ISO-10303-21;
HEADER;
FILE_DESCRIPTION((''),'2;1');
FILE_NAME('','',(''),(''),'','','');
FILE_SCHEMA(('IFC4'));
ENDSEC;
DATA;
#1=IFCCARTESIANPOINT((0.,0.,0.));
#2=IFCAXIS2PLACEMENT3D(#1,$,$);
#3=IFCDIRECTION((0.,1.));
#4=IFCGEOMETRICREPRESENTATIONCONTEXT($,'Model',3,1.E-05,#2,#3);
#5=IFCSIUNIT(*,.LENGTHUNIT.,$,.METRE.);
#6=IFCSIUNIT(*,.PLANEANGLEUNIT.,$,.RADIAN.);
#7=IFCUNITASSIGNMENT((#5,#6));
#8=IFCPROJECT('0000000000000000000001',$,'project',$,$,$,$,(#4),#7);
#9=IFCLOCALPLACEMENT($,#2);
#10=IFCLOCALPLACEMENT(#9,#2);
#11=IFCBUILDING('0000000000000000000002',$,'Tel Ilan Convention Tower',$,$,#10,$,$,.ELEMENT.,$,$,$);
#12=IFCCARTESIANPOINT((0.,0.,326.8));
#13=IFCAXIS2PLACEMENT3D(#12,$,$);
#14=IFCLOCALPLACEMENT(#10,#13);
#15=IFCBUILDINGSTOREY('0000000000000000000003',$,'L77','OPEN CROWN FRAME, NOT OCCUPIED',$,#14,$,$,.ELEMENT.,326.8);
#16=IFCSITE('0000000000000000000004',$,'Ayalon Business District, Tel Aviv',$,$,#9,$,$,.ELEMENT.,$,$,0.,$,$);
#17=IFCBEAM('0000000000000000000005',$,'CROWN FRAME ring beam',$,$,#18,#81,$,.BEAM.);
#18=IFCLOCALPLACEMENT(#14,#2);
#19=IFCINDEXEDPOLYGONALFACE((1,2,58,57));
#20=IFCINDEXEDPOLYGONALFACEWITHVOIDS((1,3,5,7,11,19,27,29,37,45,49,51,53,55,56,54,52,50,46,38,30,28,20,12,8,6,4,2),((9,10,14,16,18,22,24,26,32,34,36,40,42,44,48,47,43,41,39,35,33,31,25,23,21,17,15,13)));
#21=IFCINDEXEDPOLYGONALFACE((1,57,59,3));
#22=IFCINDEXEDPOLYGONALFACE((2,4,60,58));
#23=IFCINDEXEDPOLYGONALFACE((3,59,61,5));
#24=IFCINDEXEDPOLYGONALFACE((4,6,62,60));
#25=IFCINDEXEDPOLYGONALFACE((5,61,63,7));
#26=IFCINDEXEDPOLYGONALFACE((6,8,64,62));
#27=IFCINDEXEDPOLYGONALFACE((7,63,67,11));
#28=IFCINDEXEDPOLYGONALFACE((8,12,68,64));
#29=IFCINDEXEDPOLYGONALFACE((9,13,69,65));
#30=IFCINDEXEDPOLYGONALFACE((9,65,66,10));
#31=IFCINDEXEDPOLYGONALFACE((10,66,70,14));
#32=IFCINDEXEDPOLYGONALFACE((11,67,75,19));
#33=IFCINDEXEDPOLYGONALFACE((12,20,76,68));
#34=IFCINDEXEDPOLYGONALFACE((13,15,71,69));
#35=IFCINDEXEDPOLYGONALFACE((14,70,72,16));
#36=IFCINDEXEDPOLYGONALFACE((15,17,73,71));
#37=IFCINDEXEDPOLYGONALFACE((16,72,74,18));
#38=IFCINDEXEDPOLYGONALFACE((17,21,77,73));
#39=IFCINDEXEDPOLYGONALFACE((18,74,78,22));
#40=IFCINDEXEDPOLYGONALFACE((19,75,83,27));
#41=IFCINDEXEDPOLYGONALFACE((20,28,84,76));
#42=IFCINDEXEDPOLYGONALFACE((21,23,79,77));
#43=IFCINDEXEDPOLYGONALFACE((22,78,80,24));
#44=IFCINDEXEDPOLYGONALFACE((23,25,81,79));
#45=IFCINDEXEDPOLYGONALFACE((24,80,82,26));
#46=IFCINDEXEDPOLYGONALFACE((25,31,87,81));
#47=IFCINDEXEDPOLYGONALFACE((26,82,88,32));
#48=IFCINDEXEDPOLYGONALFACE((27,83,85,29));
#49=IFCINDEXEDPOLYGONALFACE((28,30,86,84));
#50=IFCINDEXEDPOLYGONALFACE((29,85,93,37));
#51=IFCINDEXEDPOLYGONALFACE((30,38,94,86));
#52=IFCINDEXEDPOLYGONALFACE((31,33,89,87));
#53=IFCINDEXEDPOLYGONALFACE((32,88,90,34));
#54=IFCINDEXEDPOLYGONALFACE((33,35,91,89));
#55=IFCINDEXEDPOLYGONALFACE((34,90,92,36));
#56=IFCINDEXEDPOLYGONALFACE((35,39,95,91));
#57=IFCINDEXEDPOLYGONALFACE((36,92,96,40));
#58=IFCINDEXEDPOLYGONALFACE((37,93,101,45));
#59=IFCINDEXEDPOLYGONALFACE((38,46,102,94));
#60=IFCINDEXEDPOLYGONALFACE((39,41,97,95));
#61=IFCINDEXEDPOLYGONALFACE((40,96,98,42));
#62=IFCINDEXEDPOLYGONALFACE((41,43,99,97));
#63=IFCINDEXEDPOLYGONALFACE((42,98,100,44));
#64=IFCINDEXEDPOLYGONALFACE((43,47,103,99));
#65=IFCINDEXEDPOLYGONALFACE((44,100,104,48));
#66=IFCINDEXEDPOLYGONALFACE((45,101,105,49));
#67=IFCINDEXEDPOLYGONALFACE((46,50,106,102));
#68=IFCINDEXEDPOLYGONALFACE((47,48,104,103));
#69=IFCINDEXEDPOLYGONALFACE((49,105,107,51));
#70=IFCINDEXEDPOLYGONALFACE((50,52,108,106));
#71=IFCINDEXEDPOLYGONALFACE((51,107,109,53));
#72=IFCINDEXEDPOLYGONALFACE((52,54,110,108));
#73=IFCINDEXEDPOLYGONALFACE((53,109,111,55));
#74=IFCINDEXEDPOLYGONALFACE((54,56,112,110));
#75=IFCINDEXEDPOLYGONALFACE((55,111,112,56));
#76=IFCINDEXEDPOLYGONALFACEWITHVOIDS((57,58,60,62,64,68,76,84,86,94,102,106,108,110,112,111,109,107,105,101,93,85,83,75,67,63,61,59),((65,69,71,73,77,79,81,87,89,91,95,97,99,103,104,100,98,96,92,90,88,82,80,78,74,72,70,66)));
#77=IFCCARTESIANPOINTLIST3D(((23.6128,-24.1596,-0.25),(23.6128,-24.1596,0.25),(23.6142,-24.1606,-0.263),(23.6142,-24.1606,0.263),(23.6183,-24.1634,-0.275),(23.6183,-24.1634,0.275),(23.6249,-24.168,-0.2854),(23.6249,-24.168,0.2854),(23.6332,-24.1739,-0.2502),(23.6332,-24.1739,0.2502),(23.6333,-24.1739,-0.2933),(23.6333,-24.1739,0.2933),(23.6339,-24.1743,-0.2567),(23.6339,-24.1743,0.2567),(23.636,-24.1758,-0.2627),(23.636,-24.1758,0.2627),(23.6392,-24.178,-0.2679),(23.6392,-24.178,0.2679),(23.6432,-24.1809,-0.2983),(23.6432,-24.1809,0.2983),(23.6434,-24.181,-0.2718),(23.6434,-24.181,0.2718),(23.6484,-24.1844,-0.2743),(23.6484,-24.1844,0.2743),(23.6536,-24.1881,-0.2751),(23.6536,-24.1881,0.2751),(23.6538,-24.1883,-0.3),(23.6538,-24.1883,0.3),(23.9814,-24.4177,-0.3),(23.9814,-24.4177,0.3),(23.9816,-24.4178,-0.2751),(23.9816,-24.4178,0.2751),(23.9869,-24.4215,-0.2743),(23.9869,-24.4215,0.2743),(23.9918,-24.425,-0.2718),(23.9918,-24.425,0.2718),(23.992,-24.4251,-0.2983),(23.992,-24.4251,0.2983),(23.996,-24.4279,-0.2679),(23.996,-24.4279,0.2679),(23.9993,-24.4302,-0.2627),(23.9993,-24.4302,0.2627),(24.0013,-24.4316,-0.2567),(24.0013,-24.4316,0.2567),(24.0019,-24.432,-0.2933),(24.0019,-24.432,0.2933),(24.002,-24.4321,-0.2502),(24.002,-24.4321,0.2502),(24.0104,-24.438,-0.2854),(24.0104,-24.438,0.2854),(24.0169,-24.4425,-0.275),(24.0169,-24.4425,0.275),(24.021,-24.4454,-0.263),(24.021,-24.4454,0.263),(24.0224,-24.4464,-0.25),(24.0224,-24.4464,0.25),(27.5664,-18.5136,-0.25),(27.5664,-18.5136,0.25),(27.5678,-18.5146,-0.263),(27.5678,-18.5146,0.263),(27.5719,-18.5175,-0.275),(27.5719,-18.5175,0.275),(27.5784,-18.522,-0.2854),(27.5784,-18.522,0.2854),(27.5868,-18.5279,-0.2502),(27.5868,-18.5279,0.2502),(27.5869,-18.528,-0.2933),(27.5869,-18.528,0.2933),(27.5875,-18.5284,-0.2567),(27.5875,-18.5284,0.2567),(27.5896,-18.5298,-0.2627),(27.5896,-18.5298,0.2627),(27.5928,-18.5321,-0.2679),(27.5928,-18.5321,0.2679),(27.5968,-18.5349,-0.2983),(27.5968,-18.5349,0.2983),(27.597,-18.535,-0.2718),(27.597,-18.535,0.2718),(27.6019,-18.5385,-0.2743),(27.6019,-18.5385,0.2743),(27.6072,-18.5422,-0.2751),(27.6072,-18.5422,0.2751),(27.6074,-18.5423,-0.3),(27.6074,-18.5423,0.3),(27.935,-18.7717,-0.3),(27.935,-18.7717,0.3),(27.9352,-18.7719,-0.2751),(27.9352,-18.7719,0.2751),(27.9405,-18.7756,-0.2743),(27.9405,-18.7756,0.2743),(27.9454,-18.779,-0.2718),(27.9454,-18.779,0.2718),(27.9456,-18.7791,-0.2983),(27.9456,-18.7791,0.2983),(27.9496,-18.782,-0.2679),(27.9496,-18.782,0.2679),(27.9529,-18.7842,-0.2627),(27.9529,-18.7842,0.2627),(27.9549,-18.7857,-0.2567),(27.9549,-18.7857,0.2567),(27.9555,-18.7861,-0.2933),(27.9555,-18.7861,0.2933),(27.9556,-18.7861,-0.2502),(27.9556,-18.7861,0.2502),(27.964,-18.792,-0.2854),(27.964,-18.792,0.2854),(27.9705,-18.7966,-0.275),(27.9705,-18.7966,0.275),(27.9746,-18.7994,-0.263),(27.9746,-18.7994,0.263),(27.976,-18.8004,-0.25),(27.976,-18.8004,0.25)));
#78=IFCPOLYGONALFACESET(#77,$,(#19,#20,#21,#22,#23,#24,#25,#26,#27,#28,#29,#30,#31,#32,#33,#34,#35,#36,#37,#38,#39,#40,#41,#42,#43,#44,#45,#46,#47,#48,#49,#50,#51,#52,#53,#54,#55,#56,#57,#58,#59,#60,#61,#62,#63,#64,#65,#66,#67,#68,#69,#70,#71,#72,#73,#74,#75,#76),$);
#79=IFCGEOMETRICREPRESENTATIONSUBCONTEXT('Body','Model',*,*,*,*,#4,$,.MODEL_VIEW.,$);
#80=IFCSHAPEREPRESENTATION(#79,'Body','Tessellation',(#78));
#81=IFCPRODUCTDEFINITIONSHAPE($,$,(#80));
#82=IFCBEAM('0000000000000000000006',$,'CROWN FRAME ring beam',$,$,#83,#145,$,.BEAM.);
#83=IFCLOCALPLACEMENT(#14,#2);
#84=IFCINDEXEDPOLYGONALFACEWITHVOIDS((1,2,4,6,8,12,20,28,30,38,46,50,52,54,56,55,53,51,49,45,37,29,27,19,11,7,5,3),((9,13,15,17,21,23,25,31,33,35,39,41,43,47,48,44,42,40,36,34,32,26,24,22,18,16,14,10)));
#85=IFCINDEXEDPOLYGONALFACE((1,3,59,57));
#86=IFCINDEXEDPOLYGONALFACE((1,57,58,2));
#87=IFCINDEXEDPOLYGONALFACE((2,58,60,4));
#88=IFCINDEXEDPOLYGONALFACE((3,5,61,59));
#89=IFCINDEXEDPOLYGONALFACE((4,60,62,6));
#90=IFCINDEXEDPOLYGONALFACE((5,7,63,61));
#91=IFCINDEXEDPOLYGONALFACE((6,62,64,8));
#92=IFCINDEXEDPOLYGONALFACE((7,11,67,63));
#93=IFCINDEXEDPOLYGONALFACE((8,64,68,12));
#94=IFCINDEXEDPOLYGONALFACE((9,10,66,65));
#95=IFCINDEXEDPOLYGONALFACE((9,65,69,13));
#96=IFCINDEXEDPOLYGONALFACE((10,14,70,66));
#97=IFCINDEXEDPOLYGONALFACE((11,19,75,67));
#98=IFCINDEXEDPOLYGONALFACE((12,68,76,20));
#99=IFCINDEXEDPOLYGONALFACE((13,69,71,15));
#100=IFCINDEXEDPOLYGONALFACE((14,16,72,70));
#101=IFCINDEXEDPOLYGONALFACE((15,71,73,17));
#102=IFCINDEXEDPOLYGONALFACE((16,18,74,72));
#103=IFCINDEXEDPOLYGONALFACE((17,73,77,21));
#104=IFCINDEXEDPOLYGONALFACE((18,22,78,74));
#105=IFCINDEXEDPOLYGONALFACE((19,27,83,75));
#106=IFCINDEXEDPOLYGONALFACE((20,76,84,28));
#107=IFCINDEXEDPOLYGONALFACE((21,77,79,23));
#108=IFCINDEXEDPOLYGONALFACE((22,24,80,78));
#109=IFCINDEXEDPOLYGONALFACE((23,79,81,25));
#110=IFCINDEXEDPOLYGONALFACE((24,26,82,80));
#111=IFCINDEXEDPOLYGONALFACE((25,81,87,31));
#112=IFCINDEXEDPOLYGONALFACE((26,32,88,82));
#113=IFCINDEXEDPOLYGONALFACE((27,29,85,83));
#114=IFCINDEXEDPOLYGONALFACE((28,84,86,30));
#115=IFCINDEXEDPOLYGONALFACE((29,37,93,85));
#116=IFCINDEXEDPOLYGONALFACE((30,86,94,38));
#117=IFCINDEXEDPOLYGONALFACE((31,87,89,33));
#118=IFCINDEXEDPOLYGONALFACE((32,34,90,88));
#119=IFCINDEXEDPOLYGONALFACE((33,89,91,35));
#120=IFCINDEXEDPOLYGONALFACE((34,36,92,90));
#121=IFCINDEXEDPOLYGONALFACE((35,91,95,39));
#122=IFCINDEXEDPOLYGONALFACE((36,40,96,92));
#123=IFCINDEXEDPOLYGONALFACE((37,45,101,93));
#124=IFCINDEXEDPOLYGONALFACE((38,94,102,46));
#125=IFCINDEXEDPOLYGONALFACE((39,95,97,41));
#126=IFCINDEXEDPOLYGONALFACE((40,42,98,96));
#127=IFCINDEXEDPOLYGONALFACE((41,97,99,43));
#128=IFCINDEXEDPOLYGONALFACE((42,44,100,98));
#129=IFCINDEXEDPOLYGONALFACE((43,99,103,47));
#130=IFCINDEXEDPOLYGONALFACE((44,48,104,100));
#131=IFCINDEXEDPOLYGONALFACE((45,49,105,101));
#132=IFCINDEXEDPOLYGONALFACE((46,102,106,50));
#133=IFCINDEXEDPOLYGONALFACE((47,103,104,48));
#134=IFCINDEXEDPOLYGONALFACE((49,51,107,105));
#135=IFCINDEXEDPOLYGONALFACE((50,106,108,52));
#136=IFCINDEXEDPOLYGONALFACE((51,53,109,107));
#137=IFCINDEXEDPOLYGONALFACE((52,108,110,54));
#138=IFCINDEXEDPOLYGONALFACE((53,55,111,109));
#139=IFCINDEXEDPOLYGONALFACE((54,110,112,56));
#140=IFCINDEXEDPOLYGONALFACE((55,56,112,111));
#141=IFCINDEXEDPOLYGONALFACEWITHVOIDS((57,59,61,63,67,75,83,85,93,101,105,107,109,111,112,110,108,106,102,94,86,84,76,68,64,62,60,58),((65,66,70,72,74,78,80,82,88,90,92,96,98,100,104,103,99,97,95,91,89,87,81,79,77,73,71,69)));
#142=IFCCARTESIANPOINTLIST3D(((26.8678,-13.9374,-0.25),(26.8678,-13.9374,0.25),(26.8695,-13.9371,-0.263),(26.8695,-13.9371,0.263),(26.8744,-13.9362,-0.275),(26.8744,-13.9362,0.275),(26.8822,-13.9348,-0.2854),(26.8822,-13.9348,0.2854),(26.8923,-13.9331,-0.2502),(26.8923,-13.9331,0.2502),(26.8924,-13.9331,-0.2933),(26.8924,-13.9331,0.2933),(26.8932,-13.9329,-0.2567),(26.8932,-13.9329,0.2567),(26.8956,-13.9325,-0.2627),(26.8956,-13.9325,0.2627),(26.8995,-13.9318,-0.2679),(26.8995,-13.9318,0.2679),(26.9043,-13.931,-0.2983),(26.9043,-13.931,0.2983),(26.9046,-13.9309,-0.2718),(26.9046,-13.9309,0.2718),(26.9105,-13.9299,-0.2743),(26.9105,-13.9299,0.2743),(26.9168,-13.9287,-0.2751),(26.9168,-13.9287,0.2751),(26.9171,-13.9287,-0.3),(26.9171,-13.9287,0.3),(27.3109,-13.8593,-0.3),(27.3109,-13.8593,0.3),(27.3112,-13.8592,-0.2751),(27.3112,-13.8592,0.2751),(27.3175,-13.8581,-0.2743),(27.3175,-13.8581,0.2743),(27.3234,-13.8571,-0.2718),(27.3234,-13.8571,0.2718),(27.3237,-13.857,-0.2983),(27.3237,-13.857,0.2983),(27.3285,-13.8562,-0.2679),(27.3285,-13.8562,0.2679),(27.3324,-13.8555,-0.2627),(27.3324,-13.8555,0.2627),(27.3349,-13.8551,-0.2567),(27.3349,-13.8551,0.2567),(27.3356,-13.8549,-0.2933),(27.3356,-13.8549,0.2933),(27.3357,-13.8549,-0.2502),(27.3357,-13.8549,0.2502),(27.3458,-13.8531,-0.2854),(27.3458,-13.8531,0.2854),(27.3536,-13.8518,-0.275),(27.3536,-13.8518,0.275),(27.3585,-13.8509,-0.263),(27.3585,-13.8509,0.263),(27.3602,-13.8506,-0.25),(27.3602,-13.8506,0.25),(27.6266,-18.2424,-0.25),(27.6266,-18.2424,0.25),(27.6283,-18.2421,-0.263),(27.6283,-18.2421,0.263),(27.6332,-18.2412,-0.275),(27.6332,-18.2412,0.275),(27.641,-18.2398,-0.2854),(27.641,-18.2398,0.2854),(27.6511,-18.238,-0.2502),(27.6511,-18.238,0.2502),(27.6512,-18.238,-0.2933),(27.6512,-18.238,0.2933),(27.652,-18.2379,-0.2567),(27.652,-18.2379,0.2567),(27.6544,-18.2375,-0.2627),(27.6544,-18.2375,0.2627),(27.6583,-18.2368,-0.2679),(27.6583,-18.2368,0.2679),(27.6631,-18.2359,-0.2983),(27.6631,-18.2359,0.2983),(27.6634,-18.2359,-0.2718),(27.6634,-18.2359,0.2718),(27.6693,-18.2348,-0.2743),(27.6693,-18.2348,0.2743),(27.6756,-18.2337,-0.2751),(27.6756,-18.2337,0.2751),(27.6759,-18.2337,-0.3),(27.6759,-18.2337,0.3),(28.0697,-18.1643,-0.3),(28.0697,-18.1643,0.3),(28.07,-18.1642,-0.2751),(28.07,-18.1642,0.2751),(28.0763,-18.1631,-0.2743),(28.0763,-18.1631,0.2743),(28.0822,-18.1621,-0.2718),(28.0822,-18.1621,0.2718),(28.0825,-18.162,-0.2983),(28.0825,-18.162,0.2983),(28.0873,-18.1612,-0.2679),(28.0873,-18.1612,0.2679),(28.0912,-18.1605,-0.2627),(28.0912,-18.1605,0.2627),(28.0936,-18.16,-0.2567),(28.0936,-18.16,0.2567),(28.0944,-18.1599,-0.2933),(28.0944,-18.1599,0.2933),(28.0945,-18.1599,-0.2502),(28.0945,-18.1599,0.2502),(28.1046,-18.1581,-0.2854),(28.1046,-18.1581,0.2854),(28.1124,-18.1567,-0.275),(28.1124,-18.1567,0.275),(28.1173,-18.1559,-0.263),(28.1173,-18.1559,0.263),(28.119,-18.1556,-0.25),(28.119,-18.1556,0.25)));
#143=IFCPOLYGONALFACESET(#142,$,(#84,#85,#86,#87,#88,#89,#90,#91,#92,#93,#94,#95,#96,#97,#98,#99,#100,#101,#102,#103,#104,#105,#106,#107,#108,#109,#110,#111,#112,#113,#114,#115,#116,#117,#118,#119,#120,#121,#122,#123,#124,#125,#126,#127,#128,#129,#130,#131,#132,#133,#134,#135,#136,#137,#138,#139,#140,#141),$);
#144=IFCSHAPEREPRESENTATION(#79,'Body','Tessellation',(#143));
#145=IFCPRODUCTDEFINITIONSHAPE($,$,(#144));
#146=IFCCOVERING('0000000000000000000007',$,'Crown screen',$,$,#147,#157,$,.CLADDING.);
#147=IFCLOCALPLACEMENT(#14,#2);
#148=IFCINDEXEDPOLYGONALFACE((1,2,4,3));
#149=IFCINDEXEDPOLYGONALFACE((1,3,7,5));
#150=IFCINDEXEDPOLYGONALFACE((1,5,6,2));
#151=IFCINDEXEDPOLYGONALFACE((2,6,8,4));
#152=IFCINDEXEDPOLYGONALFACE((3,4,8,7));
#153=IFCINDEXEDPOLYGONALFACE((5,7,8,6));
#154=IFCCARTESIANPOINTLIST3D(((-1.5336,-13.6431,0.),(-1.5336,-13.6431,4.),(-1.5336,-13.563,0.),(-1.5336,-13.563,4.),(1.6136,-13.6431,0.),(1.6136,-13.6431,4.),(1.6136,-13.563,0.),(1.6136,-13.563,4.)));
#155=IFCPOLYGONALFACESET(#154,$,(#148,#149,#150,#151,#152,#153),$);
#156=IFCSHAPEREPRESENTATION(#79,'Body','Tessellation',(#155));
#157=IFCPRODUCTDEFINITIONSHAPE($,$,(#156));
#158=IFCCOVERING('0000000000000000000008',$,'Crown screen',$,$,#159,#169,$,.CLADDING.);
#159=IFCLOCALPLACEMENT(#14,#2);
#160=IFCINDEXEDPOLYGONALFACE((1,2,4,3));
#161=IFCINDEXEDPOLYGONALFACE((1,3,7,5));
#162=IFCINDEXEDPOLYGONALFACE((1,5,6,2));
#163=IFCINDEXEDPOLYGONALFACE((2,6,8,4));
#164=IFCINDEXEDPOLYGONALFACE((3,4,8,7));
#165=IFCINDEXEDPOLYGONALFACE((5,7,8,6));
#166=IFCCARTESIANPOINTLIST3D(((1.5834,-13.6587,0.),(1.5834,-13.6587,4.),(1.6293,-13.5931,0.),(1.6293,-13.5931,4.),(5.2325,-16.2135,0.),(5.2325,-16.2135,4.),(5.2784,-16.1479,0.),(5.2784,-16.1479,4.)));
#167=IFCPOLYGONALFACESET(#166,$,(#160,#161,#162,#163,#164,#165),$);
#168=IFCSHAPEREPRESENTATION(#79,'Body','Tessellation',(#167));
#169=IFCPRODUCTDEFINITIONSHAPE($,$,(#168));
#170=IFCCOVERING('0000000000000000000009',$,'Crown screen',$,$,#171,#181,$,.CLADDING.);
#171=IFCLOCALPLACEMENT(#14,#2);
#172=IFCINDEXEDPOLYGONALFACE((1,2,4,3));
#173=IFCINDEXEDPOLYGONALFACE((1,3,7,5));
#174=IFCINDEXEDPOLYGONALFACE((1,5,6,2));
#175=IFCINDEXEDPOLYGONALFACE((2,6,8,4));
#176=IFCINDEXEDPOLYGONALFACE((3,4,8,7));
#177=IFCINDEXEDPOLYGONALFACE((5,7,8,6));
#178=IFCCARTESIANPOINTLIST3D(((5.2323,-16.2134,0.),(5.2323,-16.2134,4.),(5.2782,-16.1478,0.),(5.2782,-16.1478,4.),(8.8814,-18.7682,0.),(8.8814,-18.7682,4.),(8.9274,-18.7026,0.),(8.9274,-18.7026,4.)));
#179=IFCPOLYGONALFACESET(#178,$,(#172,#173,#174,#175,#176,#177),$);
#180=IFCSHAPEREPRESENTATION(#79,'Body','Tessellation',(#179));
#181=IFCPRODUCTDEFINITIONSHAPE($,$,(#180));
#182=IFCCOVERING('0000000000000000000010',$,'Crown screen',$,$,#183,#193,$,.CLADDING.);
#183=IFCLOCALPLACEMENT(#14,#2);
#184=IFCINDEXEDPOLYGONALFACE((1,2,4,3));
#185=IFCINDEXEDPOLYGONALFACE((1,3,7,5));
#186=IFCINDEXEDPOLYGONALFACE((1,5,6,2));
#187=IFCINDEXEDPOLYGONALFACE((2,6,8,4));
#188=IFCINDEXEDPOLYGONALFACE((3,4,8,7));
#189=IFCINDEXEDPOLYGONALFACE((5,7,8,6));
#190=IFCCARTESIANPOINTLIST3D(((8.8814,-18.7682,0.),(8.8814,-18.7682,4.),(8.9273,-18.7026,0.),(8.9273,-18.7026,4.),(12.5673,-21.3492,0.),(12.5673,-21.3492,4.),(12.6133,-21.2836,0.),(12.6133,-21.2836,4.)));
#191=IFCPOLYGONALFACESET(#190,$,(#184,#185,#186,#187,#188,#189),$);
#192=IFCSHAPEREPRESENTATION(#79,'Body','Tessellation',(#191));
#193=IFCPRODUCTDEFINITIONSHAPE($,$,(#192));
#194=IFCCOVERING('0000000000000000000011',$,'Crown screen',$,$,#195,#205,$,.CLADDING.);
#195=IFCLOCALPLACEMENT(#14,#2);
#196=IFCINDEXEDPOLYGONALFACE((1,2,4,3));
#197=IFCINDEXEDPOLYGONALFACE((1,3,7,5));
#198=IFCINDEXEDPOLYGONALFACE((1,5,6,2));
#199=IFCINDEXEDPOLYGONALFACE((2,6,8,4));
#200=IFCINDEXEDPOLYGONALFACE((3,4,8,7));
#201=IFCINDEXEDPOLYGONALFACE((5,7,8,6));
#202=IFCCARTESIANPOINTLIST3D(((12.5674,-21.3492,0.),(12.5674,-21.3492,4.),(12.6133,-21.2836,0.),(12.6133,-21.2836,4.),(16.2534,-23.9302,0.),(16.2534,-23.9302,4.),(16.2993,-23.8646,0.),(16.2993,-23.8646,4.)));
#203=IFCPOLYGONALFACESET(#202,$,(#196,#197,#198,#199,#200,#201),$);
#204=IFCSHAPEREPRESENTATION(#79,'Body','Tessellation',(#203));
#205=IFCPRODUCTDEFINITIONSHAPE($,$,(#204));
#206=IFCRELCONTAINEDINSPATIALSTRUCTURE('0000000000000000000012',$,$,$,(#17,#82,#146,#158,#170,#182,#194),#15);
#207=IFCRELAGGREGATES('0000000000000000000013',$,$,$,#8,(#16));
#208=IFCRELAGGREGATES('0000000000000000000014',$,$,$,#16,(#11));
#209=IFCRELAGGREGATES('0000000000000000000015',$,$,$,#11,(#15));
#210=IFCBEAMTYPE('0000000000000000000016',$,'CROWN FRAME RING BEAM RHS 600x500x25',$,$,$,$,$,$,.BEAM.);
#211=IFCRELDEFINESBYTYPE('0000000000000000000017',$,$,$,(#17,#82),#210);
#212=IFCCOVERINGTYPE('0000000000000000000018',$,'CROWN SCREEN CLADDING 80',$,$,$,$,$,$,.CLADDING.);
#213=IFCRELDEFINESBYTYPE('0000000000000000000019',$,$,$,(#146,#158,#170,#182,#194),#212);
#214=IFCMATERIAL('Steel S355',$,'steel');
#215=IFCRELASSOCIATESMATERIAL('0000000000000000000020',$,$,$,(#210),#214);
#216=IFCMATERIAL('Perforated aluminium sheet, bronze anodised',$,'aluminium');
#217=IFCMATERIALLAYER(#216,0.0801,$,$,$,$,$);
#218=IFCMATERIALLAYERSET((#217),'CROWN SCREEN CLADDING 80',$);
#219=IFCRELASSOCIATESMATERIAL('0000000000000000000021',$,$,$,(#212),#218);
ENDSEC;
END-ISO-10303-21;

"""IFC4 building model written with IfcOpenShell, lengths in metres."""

from ifc_helpers import new_model, si_unit, direction, frame, origin, origin_2d, place, context, subcontext, project, spatial, rectangle, hollow_rectangle, extrude, material, layer, layer_set, material_profile, profile_set, type_object, element, save


model = new_model("IFC4")

# Units and contexts
model_context = context("Model", 3, precision=1e-05, world=origin(), true_north=direction((0.0, 1.0)))
body_context = subcontext(model_context, "Body", "Model", "MODEL_VIEW")
ifc_project = project(units=[si_unit("LENGTHUNIT", "METRE"), si_unit("PLANEANGLEUNIT", "RADIAN")], contexts=[model_context])

# Site, building, storey
site_placement = place(None, origin())
site = spatial("IfcSite", under=ifc_project, at=site_placement, Name="Ayalon Business District, Tel Aviv", CompositionType="ELEMENT", RefElevation=0.0)
building_placement = place(site_placement, origin())
building = spatial("IfcBuilding", under=site, at=building_placement, Name="Tel Ilan Convention Tower", CompositionType="ELEMENT")
storey_placement = place(building_placement, frame((0.0, 0.0, 326.8)))
storey = spatial("IfcBuildingStorey", under=building, at=storey_placement, Name="L77", Description="OPEN CROWN FRAME, NOT OCCUPIED", CompositionType="ELEMENT", Elevation=326.8)

# Beams
ifc_material_1 = material(Name="Steel S355", Category="steel")
ifc_material_profile_1 = material_profile(ifc_material_1, hollow_rectangle(XDim=0.5, YDim=0.6001, WallThickness=0.0249, InnerFilletRadius=0.0249, OuterFilletRadius=0.05, at=origin_2d()), Name="RHS 600x500x25")
ifc_profile_set_1 = profile_set([ifc_material_profile_1], Name="Steel S355")
beam_type = type_object("IfcBeamType", Name="CROWN FRAME RING BEAM RHS 600x500x25", PredefinedType="BEAM", material=ifc_profile_set_1)
beam_1_placement = place(storey_placement, frame((23.8176, -24.303, 0.0), z_axis=(0.5736, 0.819135, 0.0), x_axis=(-0.819135, 0.5736, 0.0)))
element("IfcBeam", 1, at=beam_1_placement, inside=storey, type_object=beam_type, Name="CROWN FRAME ring beam", PredefinedType="BEAM", context=body_context, shape_type="SweptSolid", body=[
    extrude(hollow_rectangle(XDim=0.5, YDim=0.6001, WallThickness=0.0249, InnerFilletRadius=0.0249, OuterFilletRadius=0.05, at=origin_2d()), origin(), (0.0, 0.0, 1.0), 6.8926),
])
beam_2_placement = place(storey_placement, frame((27.8728, -18.199, 0.0), z_axis=(-0.173585, 0.984819, 0.0), x_axis=(-0.984819, -0.173585, 0.0)))
element("IfcBeam", 2, at=beam_2_placement, inside=storey, type_object=beam_type, Name="CROWN FRAME ring beam", PredefinedType="BEAM", context=body_context, shape_type="SweptSolid", body=[
    extrude(hollow_rectangle(XDim=0.5, YDim=0.6001, WallThickness=0.0249, InnerFilletRadius=0.0249, OuterFilletRadius=0.05, at=origin_2d()), origin(), (0.0, 0.0, 1.0), 4.3713),
])

# Coverings
ifc_material_2 = material(Name="Perforated aluminium sheet, bronze anodised", Category="aluminium")
ifc_layer = layer(ifc_material_2, 0.0801)
ifc_layer_set = layer_set([ifc_layer], Name="CROWN SCREEN CLADDING 80")
covering_type = type_object("IfcCoveringType", Name="CROWN SCREEN CLADDING 80", PredefinedType="CLADDING", material=ifc_layer_set)
covering_1_placement = place(storey_placement, frame((0.04, -13.603, 0.0), z_axis=(0.0, 0.0, 1.0), x_axis=(1.0, 0.0, 0.0)))
element("IfcCovering", 3, at=covering_1_placement, inside=storey, type_object=covering_type, Name="Crown screen", PredefinedType="CLADDING", context=body_context, shape_type="SweptSolid", body=[
    extrude(rectangle(XDim=3.1472, YDim=0.0801, at=origin_2d()), origin(), (0.0, 0.0, 1.0), 4.0),
])
for number, where, z_axis, x_axis, name in (
    (4, (3.4309, -14.9033, 0.0), (0.0, 0.0, 1.0), (0.819185, -0.573529, 0.0), "Crown screen"),
    (5, (7.0798, -17.458, 0.0), (0.0, 0.0, 1.0), (0.819185, -0.573529, 0.0), "Crown screen"),
):
    element("IfcCovering", number, at=place(storey_placement, frame(where, z_axis=z_axis, x_axis=x_axis)), inside=storey, type_object=covering_type, Name=name, PredefinedType="CLADDING", context=body_context, shape_type="SweptSolid", body=[
        extrude(rectangle(XDim=4.4546, YDim=0.0801, at=origin_2d()), origin(), (0.0, 0.0, 1.0), 4.0),
    ])
for number, where, z_axis, x_axis, name in (
    (6, (10.7473, -20.0259, 0.0), (0.0, 0.0, 1.0), (0.819148, -0.573582, 0.0), "Crown screen"),
    (7, (14.4333, -22.6069, 0.0), (0.0, 0.0, 1.0), (0.819148, -0.573582, 0.0), "Crown screen"),
):
    element("IfcCovering", number, at=place(storey_placement, frame(where, z_axis=z_axis, x_axis=x_axis)), inside=storey, type_object=covering_type, Name=name, PredefinedType="CLADDING", context=body_context, shape_type="SweptSolid", body=[
        extrude(rectangle(XDim=4.4998, YDim=0.0801, at=origin_2d()), origin(), (0.0, 0.0, 1.0), 4.0),
    ])

save(model, "model.ifc")
